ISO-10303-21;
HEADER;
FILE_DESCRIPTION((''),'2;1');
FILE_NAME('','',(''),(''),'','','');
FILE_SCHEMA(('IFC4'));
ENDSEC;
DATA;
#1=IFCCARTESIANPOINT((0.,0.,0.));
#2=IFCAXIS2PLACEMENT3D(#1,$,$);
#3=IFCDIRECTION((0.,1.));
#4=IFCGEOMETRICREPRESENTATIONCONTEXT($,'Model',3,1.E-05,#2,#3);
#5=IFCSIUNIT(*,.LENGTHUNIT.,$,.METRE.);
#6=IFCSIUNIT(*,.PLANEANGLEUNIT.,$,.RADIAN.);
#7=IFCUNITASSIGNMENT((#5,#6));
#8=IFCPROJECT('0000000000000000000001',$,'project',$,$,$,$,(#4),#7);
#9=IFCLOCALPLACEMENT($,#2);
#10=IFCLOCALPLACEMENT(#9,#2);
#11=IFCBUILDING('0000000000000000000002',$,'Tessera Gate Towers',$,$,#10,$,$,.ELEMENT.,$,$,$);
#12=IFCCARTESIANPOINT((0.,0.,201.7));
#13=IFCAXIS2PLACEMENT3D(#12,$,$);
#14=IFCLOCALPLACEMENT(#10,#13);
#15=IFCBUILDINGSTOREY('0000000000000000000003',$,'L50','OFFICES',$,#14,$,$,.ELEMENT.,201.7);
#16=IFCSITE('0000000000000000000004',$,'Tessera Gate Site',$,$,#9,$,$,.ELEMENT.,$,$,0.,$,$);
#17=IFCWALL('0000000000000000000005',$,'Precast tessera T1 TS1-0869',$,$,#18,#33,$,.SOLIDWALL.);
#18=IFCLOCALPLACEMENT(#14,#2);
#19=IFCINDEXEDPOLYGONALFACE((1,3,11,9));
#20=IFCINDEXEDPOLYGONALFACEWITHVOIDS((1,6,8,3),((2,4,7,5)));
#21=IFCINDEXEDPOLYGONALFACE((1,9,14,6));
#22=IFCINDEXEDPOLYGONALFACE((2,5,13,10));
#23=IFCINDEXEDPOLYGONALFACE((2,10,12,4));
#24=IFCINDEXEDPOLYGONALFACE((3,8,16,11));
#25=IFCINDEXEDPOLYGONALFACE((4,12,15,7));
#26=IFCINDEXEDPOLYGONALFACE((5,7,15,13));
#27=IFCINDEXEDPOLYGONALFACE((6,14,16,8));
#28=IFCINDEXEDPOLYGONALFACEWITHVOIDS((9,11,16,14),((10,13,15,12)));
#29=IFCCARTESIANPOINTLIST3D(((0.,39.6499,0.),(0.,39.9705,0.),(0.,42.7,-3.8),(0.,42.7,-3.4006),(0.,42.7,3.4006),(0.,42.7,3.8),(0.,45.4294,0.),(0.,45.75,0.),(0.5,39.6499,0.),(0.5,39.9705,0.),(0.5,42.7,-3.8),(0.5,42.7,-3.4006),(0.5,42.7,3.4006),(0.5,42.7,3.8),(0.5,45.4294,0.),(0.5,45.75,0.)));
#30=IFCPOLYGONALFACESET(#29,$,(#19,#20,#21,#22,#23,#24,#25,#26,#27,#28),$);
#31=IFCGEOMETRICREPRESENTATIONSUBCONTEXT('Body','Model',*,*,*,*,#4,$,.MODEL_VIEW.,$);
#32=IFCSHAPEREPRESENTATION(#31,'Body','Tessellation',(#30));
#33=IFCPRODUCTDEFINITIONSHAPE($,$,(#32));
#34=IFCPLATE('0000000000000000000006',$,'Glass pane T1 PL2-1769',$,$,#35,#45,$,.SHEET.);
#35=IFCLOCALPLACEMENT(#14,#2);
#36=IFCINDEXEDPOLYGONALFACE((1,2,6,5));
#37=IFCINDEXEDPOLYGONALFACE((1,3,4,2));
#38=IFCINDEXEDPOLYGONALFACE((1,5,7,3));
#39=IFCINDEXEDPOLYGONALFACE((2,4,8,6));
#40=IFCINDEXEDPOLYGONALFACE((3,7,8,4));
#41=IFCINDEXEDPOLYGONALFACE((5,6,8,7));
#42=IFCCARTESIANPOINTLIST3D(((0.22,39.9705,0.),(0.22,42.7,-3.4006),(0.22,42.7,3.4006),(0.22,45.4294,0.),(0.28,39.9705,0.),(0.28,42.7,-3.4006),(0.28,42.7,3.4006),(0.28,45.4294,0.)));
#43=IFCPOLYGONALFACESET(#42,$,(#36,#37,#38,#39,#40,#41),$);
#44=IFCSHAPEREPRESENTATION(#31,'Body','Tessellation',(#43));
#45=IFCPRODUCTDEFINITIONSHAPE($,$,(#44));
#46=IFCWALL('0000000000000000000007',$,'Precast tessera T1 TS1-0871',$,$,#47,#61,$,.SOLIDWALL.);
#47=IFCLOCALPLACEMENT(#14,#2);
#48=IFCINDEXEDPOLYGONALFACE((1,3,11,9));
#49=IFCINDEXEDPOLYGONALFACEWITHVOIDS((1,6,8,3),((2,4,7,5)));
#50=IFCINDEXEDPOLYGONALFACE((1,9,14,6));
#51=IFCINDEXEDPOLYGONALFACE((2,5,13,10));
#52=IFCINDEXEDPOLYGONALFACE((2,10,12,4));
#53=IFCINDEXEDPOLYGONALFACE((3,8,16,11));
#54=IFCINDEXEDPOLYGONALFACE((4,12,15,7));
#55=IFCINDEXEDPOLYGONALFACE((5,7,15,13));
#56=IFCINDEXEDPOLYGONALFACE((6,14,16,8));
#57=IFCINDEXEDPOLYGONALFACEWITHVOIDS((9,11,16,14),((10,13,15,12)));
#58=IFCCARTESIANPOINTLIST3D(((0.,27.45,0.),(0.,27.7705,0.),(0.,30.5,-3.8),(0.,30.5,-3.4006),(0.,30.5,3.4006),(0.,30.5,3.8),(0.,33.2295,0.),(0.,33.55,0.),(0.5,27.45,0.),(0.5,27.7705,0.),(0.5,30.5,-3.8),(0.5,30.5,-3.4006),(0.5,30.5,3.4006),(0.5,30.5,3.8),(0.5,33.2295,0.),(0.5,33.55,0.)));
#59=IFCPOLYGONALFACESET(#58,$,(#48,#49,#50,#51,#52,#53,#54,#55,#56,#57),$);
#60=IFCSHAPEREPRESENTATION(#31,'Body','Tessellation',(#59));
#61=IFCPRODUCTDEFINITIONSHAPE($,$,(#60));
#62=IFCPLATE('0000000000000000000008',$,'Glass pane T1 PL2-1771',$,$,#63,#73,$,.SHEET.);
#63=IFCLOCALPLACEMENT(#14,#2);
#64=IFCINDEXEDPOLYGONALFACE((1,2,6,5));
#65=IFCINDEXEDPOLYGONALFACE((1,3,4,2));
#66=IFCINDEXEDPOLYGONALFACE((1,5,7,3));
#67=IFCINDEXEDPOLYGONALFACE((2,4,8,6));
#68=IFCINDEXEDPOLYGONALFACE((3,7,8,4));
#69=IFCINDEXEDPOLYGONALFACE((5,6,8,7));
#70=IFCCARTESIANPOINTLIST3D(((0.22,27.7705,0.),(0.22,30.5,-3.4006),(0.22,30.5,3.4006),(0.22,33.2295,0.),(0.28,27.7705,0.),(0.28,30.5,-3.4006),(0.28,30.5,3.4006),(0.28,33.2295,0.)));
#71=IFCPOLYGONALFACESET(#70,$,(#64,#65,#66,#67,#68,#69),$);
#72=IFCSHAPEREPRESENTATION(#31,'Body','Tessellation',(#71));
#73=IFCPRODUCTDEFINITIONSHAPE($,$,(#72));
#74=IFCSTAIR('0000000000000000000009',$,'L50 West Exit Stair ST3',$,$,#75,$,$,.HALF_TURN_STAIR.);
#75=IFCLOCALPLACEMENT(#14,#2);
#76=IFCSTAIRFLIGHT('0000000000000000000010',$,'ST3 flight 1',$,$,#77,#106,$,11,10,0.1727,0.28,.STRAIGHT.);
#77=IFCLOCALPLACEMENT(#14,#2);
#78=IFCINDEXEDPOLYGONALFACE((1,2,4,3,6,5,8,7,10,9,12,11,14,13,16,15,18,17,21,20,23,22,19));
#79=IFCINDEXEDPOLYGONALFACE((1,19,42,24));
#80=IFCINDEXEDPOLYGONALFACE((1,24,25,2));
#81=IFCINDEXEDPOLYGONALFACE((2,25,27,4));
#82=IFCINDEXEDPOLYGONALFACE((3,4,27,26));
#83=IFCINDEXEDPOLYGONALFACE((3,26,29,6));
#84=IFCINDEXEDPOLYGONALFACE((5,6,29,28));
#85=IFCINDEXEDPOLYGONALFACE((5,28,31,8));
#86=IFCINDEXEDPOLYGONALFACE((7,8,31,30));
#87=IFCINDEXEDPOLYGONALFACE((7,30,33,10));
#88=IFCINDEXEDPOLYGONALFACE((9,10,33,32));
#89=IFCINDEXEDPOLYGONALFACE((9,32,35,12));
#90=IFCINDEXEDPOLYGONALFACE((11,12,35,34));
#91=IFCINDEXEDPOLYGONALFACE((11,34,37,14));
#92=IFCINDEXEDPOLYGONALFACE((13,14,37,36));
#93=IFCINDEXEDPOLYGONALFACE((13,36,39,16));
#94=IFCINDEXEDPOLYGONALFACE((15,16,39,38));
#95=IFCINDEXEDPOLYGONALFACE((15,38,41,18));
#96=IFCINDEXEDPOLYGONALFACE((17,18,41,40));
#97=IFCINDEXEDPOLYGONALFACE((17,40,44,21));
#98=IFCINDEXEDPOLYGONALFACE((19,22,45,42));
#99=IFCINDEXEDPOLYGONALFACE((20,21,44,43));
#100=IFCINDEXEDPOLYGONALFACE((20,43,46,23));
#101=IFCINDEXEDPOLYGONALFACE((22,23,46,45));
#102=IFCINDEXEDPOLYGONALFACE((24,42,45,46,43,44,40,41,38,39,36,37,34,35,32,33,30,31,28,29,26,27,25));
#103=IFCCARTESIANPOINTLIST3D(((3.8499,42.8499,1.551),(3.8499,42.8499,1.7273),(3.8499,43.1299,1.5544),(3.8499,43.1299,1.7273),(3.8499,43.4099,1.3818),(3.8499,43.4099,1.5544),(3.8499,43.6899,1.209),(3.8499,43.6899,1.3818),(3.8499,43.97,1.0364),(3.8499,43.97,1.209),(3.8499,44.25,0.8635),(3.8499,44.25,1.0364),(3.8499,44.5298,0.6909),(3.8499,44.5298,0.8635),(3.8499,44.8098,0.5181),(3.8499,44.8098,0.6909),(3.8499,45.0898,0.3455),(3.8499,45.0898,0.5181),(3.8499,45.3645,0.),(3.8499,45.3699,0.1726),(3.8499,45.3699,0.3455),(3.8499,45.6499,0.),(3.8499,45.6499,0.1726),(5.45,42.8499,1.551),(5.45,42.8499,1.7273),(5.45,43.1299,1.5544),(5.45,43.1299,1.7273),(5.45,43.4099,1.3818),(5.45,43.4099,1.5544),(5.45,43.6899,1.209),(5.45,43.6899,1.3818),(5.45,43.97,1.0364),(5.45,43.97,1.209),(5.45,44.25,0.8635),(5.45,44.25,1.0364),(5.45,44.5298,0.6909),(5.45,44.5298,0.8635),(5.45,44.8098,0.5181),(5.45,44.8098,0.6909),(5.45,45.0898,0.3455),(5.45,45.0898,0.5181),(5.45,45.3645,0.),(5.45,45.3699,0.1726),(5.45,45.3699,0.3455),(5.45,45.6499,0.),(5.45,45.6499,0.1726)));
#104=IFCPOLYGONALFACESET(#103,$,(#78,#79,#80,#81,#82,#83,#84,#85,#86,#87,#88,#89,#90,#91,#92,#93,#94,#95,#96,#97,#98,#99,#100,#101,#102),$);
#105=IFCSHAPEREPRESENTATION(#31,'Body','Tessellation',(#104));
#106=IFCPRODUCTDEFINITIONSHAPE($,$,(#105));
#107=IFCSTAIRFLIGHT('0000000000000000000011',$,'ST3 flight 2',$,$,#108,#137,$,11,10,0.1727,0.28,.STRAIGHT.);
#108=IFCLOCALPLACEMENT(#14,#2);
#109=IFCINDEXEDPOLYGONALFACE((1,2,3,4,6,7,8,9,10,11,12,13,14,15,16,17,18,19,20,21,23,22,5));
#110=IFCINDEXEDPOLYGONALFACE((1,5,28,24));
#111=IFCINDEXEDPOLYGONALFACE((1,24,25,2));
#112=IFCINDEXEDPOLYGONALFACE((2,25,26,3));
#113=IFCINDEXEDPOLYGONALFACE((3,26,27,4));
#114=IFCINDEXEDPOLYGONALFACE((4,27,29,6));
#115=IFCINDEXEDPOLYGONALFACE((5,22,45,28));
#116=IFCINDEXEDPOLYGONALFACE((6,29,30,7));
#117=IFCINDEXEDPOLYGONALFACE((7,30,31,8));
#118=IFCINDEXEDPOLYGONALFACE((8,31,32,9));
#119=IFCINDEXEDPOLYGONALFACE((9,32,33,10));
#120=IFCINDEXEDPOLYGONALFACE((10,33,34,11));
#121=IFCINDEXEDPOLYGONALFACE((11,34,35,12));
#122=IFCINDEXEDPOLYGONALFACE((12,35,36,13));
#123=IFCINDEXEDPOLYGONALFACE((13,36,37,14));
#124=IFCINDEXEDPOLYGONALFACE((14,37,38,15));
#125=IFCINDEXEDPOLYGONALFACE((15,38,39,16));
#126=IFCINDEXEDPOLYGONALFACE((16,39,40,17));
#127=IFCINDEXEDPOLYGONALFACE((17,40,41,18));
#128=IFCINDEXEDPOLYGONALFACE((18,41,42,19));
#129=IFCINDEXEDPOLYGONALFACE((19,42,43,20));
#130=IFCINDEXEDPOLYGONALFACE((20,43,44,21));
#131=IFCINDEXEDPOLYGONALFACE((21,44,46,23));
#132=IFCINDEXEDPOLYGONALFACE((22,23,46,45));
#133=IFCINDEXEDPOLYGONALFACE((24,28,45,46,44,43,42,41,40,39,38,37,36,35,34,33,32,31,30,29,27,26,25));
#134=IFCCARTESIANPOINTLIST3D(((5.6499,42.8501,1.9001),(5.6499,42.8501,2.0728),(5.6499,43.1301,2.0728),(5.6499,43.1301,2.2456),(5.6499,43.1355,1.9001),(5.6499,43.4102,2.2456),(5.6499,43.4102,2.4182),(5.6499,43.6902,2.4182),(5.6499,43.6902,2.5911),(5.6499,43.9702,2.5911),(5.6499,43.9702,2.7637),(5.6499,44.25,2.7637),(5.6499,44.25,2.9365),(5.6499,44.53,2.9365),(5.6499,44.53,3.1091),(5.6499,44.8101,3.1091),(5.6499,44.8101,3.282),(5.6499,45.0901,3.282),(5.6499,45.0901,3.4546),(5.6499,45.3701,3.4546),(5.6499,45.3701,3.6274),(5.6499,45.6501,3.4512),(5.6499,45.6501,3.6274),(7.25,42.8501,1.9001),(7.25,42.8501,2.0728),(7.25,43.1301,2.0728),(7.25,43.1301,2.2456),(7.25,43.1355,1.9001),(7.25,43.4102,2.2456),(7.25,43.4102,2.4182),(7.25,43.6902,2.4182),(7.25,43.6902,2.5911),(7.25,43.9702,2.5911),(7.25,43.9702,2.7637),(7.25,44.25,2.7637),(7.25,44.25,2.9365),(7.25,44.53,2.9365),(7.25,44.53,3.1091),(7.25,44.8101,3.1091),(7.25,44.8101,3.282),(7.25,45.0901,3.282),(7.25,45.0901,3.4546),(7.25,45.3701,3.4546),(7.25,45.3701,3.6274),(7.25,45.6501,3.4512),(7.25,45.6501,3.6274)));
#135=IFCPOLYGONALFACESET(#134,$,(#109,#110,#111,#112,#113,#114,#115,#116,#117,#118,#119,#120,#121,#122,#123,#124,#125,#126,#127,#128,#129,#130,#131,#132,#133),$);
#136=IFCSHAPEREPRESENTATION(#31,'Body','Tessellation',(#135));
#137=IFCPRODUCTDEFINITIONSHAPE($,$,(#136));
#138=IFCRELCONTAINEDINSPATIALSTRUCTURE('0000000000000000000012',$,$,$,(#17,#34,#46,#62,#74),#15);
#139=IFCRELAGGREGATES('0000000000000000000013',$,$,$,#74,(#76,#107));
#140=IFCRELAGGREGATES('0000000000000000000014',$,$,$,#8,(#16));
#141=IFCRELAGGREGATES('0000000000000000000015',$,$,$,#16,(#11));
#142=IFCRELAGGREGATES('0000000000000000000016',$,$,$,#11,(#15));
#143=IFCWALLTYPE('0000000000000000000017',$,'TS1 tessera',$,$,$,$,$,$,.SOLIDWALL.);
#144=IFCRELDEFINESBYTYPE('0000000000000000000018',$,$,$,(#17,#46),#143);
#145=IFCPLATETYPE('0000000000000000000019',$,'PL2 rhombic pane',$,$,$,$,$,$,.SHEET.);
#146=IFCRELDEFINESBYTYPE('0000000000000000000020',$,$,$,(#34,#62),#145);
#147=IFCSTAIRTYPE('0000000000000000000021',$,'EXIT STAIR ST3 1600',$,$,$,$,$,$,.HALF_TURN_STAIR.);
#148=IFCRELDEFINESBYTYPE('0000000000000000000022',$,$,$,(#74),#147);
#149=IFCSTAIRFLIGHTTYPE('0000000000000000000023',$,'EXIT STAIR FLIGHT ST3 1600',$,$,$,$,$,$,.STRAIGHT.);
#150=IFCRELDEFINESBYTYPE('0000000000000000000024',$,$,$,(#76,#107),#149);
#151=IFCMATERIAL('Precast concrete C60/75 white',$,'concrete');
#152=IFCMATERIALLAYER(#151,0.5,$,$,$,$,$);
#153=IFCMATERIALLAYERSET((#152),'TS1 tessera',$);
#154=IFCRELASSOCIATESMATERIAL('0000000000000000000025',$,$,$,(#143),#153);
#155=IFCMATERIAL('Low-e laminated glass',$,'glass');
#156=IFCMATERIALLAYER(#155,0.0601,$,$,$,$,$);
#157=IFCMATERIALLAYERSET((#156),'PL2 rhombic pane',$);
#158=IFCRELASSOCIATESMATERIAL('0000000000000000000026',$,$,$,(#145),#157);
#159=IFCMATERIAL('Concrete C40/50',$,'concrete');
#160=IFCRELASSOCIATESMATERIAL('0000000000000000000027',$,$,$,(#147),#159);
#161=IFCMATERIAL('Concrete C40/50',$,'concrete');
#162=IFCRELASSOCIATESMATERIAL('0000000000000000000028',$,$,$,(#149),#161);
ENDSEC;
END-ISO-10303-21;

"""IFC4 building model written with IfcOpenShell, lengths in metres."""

from ifc_helpers import new_model, si_unit, direction, frame, origin, place, context, subcontext, project, spatial, polyline, outline, extrude, source, transform, mapped, material, layer, layer_set, type_object, element, fill, aggregate, save


model = new_model("IFC4")

# Units and contexts
model_context = context("Model", 3, precision=1e-05, world=origin(), true_north=direction((0.0, 1.0)))
body_context = subcontext(model_context, "Body", "Model", "MODEL_VIEW")
ifc_project = project(units=[si_unit("LENGTHUNIT", "METRE"), si_unit("PLANEANGLEUNIT", "RADIAN")], contexts=[model_context])

# Site, building, storey
site_placement = place(None, origin())
site = spatial("IfcSite", under=ifc_project, at=site_placement, Name="Tessera Gate Site", CompositionType="ELEMENT", RefElevation=0.0)
building_placement = place(site_placement, origin())
building = spatial("IfcBuilding", under=site, at=building_placement, Name="Tessera Gate Towers", CompositionType="ELEMENT")
storey_placement = place(building_placement, frame((0.0, 0.0, 201.7)))
storey = spatial("IfcBuildingStorey", under=building, at=storey_placement, Name="L50", Description="OFFICES", CompositionType="ELEMENT", Elevation=201.7)

# Walls, openings, plates
ifc_material_1 = material(Name="Precast concrete C60/75 white", Category="concrete")
ifc_layer_1 = layer(ifc_material_1, 0.5)
ifc_layer_set_1 = layer_set([ifc_layer_1], Name="TS1 tessera")
wall_type_1 = type_object("IfcWallType", Name="TS1 tessera", PredefinedType="SOLIDWALL", material=ifc_layer_set_1)
shared_shape_1 = source(origin(), body_context, "Body", "SweptSolid", [
    extrude(outline(polyline([(3.05, 0.0), (6.1001, 3.8), (3.05, 7.6001), (0.0, 3.8), (3.05, 0.0)])), frame((0.0, 0.25, 0.0), z_axis=(0.0, -1.0, 0.0), x_axis=(1.0, 0.0, 0.0)), (0.0, 0.0, 1.0), 0.5),
])
wall_1_placement = place(storey_placement, frame((0.25, 45.75, -3.8), z_axis=(0.0, 0.0, 1.0), x_axis=(0.0, -1.0, 0.0)))
wall_1 = element("IfcWall", 1, at=wall_1_placement, inside=storey, type_object=wall_type_1, Name="Precast tessera T1 TS1-0869", PredefinedType="SOLIDWALL", context=body_context, shape_type="MappedRepresentation", body=[
    mapped(shared_shape_1, transform((0.0, 0.0, 0.0), scale=1.0)),
])
shared_shape_2 = source(origin(), body_context, "Body", "SweptSolid", [
    extrude(outline(polyline([(3.05, 0.3994), (5.7795, 3.8), (3.05, 7.2007), (0.3206, 3.8), (3.05, 0.3994)])), frame((0.0, 0.26, 0.0), z_axis=(0.0, -1.0, 0.0), x_axis=(1.0, 0.0, 0.0)), (0.0, 0.0, 1.0), 0.52),
])
opening_1_placement = place(wall_1_placement, origin())
opening_1 = element("IfcOpeningElement", 2, at=opening_1_placement, cuts=wall_1, PredefinedType="OPENING", context=body_context, shape_type="MappedRepresentation", body=[
    mapped(shared_shape_2, transform((0.0, 0.0, 0.0), scale=1.0)),
])
ifc_material_2 = material(Name="Low-e laminated glass", Category="glass")
ifc_layer_2 = layer(ifc_material_2, 0.0601)
ifc_layer_set_2 = layer_set([ifc_layer_2], Name="PL2 rhombic pane")
plate_type = type_object("IfcPlateType", Name="PL2 rhombic pane", PredefinedType="SHEET", material=ifc_layer_set_2)
shared_shape_3 = source(origin(), body_context, "Body", "SweptSolid", [
    extrude(outline(polyline([(3.05, 0.3994), (5.7795, 3.8), (3.05, 7.2007), (0.3206, 3.8), (3.05, 0.3994)])), frame((0.0, 0.03, 0.0), z_axis=(0.0, -1.0, 0.0), x_axis=(1.0, 0.0, 0.0)), (0.0, 0.0, 1.0), 0.0601),
])
plate_1_placement = place(opening_1_placement, origin())
plate_1 = element("IfcPlate", 3, at=plate_1_placement, inside=storey, type_object=plate_type, Name="Glass pane T1 PL2-1769", PredefinedType="SHEET", context=body_context, shape_type="MappedRepresentation", body=[
    mapped(shared_shape_3, transform((0.0, 0.0, 0.0), scale=1.0)),
])
fill(opening_1, plate_1)
wall_2_placement = place(storey_placement, frame((0.25, 33.55, -3.8), z_axis=(0.0, 0.0, 1.0), x_axis=(0.0, -1.0, 0.0)))
wall_2 = element("IfcWall", 4, at=wall_2_placement, inside=storey, type_object=wall_type_1, Name="Precast tessera T1 TS1-0871", PredefinedType="SOLIDWALL", context=body_context, shape_type="MappedRepresentation", body=[
    mapped(shared_shape_1, transform((0.0, 0.0, 0.0), scale=1.0)),
])
opening_2_placement = place(wall_2_placement, origin())
opening_2 = element("IfcOpeningElement", 5, at=opening_2_placement, cuts=wall_2, PredefinedType="OPENING", context=body_context, shape_type="MappedRepresentation", body=[
    mapped(shared_shape_2, transform((0.0, 0.0, 0.0), scale=1.0)),
])
plate_2_placement = place(opening_2_placement, origin())
plate_2 = element("IfcPlate", 6, at=plate_2_placement, inside=storey, type_object=plate_type, Name="Glass pane T1 PL2-1771", PredefinedType="SHEET", context=body_context, shape_type="MappedRepresentation", body=[
    mapped(shared_shape_3, transform((0.0, 0.0, 0.0), scale=1.0)),
])
fill(opening_2, plate_2)

# Stair, stair flights
ifc_material_3 = material(Name="Concrete C40/50", Category="concrete")
stair_type = type_object("IfcStairType", Name="EXIT STAIR ST3 1600", PredefinedType="HALF_TURN_STAIR", material=ifc_material_3)
stair_placement = place(storey_placement, origin())
stair = element("IfcStair", 7, at=stair_placement, inside=storey, type_object=stair_type, Name="L50 West Exit Stair ST3", PredefinedType="HALF_TURN_STAIR")
ifc_material_4 = material(Name="Concrete C40/50", Category="concrete")
stair_flight_type = type_object("IfcStairFlightType", Name="EXIT STAIR FLIGHT ST3 1600", PredefinedType="STRAIGHT", material=ifc_material_4)
stair_flight_1_placement = place(storey_placement, frame((4.6499, 45.6499, 0.0), z_axis=(0.0, 0.0, 1.0), x_axis=(0.0, -1.0, 0.0)))
stair_flight_1 = element("IfcStairFlight", 8, at=stair_flight_1_placement, type_object=stair_flight_type, Name="ST3 flight 1", NumberOfRisers=11, NumberOfTreads=10, PredefinedType="STRAIGHT", RiserHeight=0.1727, TreadLength=0.28, context=body_context, shape_type="SweptSolid", body=[
    extrude(outline(polyline([(0.0, 0.0), (0.0, 0.1726), (0.28, 0.1726), (0.28, 0.3455), (0.5601, 0.3455), (0.5601, 0.5181), (0.8401, 0.5181), (0.8401, 0.6909), (1.1201, 0.6909), (1.1201, 0.8635), (1.3999, 0.8635), (1.3999, 1.0364), (1.6799, 1.0364), (1.6799, 1.209), (1.96, 1.209), (1.96, 1.3818), (2.24, 1.3818), (2.24, 1.5544), (2.52, 1.5544), (2.52, 1.7273), (2.8, 1.7273), (2.8, 1.8999), (2.8, 1.551), (0.2854, 0.0), (0.0, 0.0)])), frame((0.0, 0.8, 0.0), z_axis=(0.0, -1.0, 0.0), x_axis=(1.0, 0.0, 0.0)), (0.0, 0.0, 1.0), 1.6001),
])
stair_flight_2_placement = place(storey_placement, frame((6.45, 42.8501, 1.9001), z_axis=(0.0, 0.0, 1.0), x_axis=(0.0, 1.0, 0.0)))
stair_flight_2 = element("IfcStairFlight", 9, at=stair_flight_2_placement, type_object=stair_flight_type, Name="ST3 flight 2", NumberOfRisers=11, NumberOfTreads=10, PredefinedType="STRAIGHT", RiserHeight=0.1727, TreadLength=0.28, context=body_context, shape_type="SweptSolid", body=[
    extrude(outline(polyline([(0.0, 0.0), (0.0, 0.1726), (0.28, 0.1726), (0.28, 0.3455), (0.5601, 0.3455), (0.5601, 0.5181), (0.8401, 0.5181), (0.8401, 0.6909), (1.1201, 0.6909), (1.1201, 0.8635), (1.3999, 0.8635), (1.3999, 1.0364), (1.6799, 1.0364), (1.6799, 1.209), (1.96, 1.209), (1.96, 1.3818), (2.24, 1.3818), (2.24, 1.5544), (2.52, 1.5544), (2.52, 1.7273), (2.8, 1.7273), (2.8, 1.8999), (2.8, 1.551), (0.2854, 0.0), (0.0, 0.0)])), frame((0.0, 0.8, 0.0), z_axis=(0.0, -1.0, 0.0), x_axis=(1.0, 0.0, 0.0)), (0.0, 0.0, 1.0), 1.6001),
])
aggregate(stair, [stair_flight_1, stair_flight_2])

save(model, "model.ifc")
